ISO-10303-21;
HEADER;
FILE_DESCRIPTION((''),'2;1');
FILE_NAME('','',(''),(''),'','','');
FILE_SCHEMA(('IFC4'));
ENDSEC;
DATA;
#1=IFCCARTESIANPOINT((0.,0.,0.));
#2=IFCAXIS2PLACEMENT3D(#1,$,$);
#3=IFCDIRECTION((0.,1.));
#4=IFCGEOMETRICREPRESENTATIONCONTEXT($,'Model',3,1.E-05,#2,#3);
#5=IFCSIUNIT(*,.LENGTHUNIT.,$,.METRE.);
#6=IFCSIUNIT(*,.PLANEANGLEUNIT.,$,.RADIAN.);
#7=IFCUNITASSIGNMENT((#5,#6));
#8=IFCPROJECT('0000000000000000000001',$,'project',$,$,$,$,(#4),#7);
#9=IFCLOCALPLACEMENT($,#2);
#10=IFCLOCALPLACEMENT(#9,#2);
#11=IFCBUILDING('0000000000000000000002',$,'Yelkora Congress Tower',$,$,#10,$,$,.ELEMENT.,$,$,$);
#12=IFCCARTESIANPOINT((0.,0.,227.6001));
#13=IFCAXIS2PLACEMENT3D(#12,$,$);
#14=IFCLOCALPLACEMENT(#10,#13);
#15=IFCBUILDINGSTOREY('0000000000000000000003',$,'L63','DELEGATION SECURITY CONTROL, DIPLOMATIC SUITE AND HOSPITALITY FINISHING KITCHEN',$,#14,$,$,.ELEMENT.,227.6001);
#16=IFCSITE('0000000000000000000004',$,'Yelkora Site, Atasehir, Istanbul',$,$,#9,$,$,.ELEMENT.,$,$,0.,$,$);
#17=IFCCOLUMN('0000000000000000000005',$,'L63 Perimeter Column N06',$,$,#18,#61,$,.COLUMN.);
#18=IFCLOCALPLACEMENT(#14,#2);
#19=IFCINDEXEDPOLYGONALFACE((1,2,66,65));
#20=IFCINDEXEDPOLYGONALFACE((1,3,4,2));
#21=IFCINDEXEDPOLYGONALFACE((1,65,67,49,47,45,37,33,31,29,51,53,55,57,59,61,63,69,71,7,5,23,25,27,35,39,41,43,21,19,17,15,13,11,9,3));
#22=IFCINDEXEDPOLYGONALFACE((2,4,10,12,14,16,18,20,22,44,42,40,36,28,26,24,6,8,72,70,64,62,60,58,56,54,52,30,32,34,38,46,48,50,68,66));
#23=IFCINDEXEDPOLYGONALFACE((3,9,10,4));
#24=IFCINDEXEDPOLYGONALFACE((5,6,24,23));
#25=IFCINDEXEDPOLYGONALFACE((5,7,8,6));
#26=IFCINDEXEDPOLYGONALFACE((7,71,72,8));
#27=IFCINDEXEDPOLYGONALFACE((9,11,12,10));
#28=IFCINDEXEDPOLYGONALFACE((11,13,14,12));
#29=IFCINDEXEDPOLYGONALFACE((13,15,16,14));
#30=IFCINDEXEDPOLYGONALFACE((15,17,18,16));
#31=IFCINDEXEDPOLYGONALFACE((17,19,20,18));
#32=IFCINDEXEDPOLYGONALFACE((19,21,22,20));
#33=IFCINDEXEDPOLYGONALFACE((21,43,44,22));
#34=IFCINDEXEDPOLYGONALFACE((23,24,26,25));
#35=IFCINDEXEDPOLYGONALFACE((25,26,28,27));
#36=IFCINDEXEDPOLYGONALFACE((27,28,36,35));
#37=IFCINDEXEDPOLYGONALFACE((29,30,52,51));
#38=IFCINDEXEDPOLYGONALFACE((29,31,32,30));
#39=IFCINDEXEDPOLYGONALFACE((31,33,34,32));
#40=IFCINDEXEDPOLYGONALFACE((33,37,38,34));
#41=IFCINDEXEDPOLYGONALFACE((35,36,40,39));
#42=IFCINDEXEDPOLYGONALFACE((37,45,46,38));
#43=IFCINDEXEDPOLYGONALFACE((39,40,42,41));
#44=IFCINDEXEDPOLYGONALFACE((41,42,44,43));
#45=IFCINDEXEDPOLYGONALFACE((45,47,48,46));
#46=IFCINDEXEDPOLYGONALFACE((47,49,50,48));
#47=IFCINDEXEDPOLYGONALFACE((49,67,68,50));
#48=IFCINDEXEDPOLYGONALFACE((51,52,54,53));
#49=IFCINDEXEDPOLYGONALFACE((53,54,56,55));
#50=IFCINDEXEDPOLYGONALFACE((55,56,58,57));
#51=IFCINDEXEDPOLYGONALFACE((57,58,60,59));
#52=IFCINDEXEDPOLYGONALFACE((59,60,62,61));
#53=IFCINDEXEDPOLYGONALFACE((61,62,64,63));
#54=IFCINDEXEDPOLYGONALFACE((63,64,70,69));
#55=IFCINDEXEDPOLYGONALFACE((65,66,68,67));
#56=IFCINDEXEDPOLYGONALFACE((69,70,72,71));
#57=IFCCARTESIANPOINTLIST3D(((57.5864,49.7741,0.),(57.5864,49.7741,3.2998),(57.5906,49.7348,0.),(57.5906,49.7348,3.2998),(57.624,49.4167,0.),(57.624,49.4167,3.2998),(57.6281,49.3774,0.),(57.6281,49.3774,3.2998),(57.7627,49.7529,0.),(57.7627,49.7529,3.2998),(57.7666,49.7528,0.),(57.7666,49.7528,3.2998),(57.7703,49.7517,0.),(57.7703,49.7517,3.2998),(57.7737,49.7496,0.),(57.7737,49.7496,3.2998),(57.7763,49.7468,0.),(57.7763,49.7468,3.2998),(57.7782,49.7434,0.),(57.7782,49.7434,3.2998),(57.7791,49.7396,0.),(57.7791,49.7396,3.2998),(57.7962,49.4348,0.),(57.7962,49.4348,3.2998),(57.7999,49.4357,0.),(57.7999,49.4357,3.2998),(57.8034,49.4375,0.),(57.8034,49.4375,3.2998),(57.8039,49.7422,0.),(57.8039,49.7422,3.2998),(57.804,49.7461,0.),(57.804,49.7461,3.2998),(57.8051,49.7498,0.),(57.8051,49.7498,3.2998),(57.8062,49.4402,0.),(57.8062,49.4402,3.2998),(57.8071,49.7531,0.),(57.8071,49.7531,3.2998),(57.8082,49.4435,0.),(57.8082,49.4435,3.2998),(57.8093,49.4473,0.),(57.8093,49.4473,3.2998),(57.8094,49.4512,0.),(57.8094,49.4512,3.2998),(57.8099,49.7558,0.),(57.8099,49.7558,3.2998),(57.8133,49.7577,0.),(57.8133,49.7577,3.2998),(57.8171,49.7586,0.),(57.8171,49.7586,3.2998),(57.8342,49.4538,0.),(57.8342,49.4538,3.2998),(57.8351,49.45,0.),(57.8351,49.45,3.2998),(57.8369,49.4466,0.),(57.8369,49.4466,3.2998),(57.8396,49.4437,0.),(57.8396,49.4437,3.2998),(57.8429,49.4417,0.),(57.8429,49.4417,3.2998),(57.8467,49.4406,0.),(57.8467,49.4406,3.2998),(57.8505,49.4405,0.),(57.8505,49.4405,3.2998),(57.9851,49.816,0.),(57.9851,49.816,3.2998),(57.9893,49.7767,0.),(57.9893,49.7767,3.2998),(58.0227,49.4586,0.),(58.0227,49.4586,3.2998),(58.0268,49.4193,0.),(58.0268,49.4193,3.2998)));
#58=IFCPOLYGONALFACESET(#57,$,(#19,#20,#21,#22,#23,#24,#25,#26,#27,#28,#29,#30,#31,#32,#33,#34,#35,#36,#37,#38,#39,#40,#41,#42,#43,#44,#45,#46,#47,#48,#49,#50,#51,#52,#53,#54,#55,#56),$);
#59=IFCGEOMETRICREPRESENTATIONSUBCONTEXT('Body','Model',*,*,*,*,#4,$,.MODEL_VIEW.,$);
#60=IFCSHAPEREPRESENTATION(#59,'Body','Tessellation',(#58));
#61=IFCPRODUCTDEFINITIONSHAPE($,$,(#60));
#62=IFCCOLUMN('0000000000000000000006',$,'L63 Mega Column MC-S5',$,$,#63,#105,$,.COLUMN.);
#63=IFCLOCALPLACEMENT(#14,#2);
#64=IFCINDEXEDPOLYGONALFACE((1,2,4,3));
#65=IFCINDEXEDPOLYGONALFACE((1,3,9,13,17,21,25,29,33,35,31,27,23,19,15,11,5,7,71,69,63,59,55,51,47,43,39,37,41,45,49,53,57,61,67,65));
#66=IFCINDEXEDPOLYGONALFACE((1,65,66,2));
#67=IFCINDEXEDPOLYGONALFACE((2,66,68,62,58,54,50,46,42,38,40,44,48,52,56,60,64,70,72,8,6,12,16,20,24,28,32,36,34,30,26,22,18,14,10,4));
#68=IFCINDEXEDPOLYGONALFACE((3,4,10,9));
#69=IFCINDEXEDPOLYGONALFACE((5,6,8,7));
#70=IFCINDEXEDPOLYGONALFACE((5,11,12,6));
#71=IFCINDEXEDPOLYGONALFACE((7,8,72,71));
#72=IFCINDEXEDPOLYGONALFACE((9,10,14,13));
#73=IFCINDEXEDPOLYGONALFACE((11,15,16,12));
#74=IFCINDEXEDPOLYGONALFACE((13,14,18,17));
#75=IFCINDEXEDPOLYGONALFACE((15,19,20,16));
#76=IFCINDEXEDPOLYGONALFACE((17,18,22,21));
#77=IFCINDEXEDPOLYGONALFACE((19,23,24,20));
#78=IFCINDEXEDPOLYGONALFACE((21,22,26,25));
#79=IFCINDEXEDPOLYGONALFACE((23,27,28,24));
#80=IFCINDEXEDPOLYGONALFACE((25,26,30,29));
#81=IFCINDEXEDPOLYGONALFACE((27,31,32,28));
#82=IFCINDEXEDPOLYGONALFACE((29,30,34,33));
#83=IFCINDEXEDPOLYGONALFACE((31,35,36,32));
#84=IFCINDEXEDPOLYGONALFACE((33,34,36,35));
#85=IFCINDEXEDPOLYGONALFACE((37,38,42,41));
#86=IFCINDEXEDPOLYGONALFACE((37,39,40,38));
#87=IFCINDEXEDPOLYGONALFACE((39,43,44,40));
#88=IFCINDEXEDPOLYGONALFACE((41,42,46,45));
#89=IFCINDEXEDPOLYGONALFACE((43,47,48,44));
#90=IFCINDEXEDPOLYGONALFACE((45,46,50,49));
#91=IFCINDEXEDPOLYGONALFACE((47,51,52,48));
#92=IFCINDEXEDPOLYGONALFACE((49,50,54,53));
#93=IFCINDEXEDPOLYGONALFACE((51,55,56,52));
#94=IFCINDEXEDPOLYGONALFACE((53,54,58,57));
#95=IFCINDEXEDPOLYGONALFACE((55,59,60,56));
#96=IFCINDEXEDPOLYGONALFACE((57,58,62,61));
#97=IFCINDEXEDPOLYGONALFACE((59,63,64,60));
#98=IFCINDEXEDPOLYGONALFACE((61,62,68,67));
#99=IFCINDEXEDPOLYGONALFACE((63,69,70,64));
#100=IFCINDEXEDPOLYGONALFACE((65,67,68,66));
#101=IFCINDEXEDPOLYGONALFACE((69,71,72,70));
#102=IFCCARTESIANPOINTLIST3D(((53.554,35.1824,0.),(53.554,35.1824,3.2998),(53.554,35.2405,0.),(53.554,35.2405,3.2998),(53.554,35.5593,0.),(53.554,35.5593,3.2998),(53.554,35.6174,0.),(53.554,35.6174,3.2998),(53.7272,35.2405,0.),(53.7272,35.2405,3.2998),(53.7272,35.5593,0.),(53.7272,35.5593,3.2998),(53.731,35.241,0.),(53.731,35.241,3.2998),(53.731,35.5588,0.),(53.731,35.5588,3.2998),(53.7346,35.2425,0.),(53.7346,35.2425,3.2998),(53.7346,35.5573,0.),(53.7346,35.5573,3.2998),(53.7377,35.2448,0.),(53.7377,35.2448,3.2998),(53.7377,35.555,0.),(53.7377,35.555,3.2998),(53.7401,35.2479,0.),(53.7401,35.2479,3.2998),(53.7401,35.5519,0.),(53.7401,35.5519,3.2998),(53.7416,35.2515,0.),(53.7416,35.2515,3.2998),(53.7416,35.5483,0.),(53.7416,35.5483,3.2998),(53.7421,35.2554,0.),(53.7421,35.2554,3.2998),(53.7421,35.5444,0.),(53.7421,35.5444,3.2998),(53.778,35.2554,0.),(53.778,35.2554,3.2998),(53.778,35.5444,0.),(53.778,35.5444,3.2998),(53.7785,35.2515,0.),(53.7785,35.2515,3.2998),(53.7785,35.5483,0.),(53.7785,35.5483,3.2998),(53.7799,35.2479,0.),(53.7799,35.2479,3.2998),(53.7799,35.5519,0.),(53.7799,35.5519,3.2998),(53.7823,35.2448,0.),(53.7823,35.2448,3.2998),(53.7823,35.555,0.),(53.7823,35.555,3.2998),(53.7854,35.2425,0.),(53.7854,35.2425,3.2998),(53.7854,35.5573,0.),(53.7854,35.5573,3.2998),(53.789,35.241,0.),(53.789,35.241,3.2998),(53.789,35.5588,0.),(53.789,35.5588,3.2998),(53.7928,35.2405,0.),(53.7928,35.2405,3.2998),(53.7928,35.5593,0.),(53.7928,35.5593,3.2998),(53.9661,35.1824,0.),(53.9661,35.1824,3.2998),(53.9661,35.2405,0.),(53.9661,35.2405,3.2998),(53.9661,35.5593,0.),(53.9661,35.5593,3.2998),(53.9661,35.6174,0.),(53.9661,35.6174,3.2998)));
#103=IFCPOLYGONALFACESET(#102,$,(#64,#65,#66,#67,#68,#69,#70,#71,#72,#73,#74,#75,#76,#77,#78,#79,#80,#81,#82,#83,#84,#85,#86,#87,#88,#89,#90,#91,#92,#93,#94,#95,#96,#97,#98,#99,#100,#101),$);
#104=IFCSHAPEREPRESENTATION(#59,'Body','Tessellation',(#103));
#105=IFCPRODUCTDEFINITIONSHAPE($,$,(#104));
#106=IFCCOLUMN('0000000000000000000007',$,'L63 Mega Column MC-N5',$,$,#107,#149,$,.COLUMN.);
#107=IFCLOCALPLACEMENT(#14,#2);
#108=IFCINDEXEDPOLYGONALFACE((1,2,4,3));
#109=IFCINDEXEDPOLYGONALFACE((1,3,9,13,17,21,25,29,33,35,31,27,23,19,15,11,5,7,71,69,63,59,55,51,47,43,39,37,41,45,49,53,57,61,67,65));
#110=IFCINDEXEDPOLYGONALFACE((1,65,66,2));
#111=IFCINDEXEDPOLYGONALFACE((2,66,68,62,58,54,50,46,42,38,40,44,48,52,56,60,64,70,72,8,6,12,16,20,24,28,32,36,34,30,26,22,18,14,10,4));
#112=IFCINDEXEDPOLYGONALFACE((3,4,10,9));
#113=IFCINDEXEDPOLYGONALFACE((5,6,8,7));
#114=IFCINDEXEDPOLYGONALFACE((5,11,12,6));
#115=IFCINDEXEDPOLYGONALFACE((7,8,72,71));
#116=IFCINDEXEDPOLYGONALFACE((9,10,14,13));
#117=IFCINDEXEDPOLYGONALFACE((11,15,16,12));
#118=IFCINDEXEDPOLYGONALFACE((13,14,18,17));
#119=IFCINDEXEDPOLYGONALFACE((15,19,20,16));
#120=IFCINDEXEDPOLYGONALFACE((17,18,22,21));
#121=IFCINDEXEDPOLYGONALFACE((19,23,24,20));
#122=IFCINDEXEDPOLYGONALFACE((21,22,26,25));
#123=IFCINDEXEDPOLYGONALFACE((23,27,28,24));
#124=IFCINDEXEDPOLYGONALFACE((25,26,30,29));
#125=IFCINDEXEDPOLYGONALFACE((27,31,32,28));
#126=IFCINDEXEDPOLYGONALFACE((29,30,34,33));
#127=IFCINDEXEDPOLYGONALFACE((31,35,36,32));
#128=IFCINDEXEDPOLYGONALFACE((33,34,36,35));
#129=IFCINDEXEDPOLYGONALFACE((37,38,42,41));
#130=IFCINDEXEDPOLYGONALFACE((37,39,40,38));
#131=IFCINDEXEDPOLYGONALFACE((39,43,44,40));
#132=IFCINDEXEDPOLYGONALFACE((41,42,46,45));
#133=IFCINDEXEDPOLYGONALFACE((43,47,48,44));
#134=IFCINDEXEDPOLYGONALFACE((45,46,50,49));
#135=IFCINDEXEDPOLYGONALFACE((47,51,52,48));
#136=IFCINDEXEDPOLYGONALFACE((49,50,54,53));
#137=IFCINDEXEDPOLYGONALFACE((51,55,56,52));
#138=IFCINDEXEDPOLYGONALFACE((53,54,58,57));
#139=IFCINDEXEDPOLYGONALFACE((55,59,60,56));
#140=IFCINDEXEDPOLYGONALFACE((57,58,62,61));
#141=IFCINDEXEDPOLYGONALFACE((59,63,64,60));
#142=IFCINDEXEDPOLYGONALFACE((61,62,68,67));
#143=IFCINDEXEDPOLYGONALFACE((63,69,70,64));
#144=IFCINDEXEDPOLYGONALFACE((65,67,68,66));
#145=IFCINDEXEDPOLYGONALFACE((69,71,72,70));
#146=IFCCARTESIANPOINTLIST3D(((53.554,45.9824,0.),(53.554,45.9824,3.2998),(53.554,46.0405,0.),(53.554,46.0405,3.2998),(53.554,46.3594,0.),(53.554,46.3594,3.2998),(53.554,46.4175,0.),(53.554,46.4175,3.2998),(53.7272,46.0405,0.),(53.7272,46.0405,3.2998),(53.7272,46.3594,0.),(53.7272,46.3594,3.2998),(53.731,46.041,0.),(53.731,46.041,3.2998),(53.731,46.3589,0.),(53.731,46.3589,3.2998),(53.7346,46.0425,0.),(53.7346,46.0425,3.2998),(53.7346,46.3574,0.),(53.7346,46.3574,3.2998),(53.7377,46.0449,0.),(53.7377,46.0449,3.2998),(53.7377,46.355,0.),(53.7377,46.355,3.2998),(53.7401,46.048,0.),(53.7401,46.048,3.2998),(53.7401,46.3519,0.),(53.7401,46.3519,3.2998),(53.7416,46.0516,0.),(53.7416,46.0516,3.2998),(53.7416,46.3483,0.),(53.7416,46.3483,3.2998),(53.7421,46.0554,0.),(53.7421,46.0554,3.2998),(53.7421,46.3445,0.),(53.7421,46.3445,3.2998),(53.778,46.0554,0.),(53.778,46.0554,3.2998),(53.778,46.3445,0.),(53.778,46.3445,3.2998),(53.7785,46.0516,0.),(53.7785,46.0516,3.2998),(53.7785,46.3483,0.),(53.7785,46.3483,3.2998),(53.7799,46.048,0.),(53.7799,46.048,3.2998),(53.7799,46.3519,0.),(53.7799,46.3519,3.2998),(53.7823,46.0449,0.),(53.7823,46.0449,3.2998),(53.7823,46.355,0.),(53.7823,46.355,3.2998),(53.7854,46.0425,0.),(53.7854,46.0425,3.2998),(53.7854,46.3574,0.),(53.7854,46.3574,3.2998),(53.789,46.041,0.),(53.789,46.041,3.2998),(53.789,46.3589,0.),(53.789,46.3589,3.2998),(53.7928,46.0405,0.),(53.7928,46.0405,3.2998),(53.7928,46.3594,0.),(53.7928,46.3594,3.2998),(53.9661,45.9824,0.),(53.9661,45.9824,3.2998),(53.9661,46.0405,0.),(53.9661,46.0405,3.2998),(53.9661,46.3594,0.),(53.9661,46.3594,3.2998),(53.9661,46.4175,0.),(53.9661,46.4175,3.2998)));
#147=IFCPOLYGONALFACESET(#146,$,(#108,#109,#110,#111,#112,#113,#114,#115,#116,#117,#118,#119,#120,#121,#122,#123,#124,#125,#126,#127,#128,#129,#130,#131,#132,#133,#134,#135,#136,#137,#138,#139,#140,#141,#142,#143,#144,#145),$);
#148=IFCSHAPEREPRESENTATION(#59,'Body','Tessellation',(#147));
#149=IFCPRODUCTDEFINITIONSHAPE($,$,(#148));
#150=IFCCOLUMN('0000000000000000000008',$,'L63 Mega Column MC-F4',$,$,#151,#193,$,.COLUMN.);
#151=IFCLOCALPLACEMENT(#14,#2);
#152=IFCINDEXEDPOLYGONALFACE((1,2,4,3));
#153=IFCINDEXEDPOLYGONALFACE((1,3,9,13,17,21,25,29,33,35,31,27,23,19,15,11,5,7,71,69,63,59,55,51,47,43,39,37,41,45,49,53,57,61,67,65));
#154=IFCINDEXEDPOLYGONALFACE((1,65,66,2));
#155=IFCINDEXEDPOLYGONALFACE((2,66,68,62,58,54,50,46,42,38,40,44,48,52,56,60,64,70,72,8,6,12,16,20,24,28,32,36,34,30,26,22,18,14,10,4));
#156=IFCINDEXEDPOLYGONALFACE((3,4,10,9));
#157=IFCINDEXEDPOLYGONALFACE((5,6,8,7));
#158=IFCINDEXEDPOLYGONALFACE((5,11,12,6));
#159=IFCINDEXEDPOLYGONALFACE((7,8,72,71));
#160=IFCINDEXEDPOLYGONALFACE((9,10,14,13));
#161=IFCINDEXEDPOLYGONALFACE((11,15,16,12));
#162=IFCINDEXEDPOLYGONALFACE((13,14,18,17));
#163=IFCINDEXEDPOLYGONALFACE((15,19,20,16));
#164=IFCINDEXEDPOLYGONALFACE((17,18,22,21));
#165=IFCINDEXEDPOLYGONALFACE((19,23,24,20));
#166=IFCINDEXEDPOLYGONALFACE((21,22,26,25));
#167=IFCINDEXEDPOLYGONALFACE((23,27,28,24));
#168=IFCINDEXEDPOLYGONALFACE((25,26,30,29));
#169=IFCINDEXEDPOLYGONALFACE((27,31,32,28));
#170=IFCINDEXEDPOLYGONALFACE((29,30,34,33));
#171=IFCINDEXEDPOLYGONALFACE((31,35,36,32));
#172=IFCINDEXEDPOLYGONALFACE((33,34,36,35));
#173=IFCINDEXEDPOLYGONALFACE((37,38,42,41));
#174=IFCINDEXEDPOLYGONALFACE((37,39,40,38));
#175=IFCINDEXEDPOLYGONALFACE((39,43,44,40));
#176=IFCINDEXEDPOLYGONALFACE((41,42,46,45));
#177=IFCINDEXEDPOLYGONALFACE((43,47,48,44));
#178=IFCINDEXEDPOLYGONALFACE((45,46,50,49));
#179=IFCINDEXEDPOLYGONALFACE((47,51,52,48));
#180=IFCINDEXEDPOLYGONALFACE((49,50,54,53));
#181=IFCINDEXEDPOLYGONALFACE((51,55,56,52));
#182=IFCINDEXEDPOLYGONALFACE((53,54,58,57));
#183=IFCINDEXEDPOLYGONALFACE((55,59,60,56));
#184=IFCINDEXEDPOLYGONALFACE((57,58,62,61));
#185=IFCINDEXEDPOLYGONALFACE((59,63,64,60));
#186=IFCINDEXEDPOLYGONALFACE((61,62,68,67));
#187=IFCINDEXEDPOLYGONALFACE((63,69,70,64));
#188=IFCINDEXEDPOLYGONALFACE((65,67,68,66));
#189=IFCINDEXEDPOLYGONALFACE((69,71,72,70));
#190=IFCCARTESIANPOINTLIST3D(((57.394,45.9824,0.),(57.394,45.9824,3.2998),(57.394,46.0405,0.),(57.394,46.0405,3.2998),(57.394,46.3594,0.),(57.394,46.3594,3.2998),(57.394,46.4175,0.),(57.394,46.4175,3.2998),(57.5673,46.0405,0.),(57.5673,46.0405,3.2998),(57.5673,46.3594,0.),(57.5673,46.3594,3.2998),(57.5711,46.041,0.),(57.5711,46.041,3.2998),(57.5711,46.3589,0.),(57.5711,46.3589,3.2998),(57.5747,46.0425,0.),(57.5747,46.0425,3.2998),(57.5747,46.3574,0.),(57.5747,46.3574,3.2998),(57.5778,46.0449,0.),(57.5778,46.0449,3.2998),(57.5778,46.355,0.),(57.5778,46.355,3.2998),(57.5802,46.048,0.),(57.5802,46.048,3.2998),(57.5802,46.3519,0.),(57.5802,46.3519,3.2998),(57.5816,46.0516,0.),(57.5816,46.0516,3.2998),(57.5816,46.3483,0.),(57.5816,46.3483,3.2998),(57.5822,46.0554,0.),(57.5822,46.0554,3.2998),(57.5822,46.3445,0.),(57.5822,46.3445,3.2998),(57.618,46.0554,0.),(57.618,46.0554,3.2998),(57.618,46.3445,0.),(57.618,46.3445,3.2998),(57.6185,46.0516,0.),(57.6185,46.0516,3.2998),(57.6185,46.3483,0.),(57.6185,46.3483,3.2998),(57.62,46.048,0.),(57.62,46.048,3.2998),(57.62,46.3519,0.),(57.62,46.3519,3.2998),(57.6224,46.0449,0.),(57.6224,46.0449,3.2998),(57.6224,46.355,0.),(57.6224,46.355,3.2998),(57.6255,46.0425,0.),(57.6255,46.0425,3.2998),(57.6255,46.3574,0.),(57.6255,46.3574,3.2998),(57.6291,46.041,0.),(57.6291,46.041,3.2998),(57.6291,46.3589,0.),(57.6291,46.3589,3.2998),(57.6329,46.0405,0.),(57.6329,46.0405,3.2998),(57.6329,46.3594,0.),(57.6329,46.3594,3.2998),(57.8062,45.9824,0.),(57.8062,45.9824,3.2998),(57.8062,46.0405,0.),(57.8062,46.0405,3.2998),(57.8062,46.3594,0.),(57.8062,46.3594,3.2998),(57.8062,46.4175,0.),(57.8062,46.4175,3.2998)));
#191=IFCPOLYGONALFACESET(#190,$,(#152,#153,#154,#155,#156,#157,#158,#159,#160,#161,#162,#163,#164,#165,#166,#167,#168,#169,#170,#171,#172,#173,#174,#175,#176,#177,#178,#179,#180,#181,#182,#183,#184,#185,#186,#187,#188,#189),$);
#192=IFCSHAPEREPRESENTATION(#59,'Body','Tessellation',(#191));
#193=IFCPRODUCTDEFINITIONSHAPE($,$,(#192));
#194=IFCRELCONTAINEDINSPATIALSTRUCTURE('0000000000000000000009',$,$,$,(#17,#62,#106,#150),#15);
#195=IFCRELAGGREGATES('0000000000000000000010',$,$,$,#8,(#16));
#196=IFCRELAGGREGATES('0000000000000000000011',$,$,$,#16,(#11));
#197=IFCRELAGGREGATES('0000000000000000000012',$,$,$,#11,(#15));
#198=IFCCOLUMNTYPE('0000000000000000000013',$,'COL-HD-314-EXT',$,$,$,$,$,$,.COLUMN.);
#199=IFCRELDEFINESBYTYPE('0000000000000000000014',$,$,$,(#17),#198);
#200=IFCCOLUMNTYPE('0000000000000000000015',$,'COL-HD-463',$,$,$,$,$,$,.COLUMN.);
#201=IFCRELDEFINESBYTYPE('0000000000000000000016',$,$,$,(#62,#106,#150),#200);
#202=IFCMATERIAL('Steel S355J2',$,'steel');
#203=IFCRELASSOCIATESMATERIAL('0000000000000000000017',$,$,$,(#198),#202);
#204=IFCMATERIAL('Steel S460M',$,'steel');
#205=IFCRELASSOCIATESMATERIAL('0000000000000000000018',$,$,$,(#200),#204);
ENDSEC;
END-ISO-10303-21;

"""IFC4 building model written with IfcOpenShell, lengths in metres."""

from ifc_helpers import new_model, si_unit, direction, frame, origin, origin_2d, place, context, subcontext, project, spatial, i_section, extrude, material, material_profile, profile_set, type_object, element, save


model = new_model("IFC4")

# Units and contexts
model_context = context("Model", 3, precision=1e-05, world=origin(), true_north=direction((0.0, 1.0)))
body_context = subcontext(model_context, "Body", "Model", "MODEL_VIEW")
ifc_project = project(units=[si_unit("LENGTHUNIT", "METRE"), si_unit("PLANEANGLEUNIT", "RADIAN")], contexts=[model_context])

# Site, building, storey
site_placement = place(None, origin())
site = spatial("IfcSite", under=ifc_project, at=site_placement, Name="Yelkora Site, Atasehir, Istanbul", CompositionType="ELEMENT", RefElevation=0.0)
building_placement = place(site_placement, origin())
building = spatial("IfcBuilding", under=site, at=building_placement, Name="Yelkora Congress Tower", CompositionType="ELEMENT")
storey_placement = place(building_placement, frame((0.0, 0.0, 227.6001)))
storey = spatial("IfcBuildingStorey", under=building, at=storey_placement, Name="L63", Description="DELEGATION SECURITY CONTROL, DIPLOMATIC SUITE AND HOSPITALITY FINISHING KITCHEN", CompositionType="ELEMENT", Elevation=227.6001)

# Columns
ifc_material_1 = material(Name="Steel S355J2", Category="steel")
ifc_material_profile_1 = material_profile(ifc_material_1, i_section(OverallWidth=0.4009, OverallDepth=0.3989, WebThickness=0.0249, FlangeThickness=0.0396, FilletRadius=0.0149, at=origin_2d()), Name="HD 400x314")
ifc_profile_set_1 = profile_set([ifc_material_profile_1], Name="Steel S355J2")
column_type_1 = type_object("IfcColumnType", Name="COL-HD-314-EXT", PredefinedType="COLUMN", material=ifc_profile_set_1)
column_placement = place(storey_placement, frame((57.8066, 49.5967, 0.0), z_axis=(0.0, 0.0, 1.0), x_axis=(0.994522, 0.104528, 0.0)))
element("IfcColumn", 1, at=column_placement, inside=storey, type_object=column_type_1, Name="L63 Perimeter Column N06", PredefinedType="COLUMN", context=body_context, shape_type="SweptSolid", body=[
    extrude(i_section(OverallWidth=0.4009, OverallDepth=0.3989, WebThickness=0.0249, FlangeThickness=0.0396, FilletRadius=0.0149, at=origin_2d()), origin(), (0.0, 0.0, 1.0), 3.2998),
])
ifc_material_2 = material(Name="Steel S460M", Category="steel")
ifc_material_profile_2 = material_profile(ifc_material_2, i_section(OverallWidth=0.4121, OverallDepth=0.4351, WebThickness=0.0359, FlangeThickness=0.0581, FilletRadius=0.0149, at=origin_2d()), Name="HD 400x463")
ifc_profile_set_2 = profile_set([ifc_material_profile_2], Name="Steel S460M")
column_type_2 = type_object("IfcColumnType", Name="COL-HD-463", PredefinedType="COLUMN", material=ifc_profile_set_2)
for number, where, z_axis, x_axis, name in (
    (2, (53.76, 35.3999, 0.0), (0.0, 0.0, 1.0), (1.0, 0.0, 0.0), "L63 Mega Column MC-S5"),
    (3, (53.76, 46.2, 0.0), (0.0, 0.0, 1.0), (1.0, 0.0, 0.0), "L63 Mega Column MC-N5"),
    (4, (57.6001, 46.2, 0.0), (0.0, 0.0, 1.0), (1.0, 0.0, 0.0), "L63 Mega Column MC-F4"),
):
    element("IfcColumn", number, at=place(storey_placement, frame(where, z_axis=z_axis, x_axis=x_axis)), inside=storey, type_object=column_type_2, Name=name, PredefinedType="COLUMN", context=body_context, shape_type="SweptSolid", body=[
        extrude(i_section(OverallWidth=0.4121, OverallDepth=0.4351, WebThickness=0.0359, FlangeThickness=0.0581, FilletRadius=0.0149, at=origin_2d()), origin(), (0.0, 0.0, 1.0), 3.2998),
    ])

save(model, "model.ifc")
